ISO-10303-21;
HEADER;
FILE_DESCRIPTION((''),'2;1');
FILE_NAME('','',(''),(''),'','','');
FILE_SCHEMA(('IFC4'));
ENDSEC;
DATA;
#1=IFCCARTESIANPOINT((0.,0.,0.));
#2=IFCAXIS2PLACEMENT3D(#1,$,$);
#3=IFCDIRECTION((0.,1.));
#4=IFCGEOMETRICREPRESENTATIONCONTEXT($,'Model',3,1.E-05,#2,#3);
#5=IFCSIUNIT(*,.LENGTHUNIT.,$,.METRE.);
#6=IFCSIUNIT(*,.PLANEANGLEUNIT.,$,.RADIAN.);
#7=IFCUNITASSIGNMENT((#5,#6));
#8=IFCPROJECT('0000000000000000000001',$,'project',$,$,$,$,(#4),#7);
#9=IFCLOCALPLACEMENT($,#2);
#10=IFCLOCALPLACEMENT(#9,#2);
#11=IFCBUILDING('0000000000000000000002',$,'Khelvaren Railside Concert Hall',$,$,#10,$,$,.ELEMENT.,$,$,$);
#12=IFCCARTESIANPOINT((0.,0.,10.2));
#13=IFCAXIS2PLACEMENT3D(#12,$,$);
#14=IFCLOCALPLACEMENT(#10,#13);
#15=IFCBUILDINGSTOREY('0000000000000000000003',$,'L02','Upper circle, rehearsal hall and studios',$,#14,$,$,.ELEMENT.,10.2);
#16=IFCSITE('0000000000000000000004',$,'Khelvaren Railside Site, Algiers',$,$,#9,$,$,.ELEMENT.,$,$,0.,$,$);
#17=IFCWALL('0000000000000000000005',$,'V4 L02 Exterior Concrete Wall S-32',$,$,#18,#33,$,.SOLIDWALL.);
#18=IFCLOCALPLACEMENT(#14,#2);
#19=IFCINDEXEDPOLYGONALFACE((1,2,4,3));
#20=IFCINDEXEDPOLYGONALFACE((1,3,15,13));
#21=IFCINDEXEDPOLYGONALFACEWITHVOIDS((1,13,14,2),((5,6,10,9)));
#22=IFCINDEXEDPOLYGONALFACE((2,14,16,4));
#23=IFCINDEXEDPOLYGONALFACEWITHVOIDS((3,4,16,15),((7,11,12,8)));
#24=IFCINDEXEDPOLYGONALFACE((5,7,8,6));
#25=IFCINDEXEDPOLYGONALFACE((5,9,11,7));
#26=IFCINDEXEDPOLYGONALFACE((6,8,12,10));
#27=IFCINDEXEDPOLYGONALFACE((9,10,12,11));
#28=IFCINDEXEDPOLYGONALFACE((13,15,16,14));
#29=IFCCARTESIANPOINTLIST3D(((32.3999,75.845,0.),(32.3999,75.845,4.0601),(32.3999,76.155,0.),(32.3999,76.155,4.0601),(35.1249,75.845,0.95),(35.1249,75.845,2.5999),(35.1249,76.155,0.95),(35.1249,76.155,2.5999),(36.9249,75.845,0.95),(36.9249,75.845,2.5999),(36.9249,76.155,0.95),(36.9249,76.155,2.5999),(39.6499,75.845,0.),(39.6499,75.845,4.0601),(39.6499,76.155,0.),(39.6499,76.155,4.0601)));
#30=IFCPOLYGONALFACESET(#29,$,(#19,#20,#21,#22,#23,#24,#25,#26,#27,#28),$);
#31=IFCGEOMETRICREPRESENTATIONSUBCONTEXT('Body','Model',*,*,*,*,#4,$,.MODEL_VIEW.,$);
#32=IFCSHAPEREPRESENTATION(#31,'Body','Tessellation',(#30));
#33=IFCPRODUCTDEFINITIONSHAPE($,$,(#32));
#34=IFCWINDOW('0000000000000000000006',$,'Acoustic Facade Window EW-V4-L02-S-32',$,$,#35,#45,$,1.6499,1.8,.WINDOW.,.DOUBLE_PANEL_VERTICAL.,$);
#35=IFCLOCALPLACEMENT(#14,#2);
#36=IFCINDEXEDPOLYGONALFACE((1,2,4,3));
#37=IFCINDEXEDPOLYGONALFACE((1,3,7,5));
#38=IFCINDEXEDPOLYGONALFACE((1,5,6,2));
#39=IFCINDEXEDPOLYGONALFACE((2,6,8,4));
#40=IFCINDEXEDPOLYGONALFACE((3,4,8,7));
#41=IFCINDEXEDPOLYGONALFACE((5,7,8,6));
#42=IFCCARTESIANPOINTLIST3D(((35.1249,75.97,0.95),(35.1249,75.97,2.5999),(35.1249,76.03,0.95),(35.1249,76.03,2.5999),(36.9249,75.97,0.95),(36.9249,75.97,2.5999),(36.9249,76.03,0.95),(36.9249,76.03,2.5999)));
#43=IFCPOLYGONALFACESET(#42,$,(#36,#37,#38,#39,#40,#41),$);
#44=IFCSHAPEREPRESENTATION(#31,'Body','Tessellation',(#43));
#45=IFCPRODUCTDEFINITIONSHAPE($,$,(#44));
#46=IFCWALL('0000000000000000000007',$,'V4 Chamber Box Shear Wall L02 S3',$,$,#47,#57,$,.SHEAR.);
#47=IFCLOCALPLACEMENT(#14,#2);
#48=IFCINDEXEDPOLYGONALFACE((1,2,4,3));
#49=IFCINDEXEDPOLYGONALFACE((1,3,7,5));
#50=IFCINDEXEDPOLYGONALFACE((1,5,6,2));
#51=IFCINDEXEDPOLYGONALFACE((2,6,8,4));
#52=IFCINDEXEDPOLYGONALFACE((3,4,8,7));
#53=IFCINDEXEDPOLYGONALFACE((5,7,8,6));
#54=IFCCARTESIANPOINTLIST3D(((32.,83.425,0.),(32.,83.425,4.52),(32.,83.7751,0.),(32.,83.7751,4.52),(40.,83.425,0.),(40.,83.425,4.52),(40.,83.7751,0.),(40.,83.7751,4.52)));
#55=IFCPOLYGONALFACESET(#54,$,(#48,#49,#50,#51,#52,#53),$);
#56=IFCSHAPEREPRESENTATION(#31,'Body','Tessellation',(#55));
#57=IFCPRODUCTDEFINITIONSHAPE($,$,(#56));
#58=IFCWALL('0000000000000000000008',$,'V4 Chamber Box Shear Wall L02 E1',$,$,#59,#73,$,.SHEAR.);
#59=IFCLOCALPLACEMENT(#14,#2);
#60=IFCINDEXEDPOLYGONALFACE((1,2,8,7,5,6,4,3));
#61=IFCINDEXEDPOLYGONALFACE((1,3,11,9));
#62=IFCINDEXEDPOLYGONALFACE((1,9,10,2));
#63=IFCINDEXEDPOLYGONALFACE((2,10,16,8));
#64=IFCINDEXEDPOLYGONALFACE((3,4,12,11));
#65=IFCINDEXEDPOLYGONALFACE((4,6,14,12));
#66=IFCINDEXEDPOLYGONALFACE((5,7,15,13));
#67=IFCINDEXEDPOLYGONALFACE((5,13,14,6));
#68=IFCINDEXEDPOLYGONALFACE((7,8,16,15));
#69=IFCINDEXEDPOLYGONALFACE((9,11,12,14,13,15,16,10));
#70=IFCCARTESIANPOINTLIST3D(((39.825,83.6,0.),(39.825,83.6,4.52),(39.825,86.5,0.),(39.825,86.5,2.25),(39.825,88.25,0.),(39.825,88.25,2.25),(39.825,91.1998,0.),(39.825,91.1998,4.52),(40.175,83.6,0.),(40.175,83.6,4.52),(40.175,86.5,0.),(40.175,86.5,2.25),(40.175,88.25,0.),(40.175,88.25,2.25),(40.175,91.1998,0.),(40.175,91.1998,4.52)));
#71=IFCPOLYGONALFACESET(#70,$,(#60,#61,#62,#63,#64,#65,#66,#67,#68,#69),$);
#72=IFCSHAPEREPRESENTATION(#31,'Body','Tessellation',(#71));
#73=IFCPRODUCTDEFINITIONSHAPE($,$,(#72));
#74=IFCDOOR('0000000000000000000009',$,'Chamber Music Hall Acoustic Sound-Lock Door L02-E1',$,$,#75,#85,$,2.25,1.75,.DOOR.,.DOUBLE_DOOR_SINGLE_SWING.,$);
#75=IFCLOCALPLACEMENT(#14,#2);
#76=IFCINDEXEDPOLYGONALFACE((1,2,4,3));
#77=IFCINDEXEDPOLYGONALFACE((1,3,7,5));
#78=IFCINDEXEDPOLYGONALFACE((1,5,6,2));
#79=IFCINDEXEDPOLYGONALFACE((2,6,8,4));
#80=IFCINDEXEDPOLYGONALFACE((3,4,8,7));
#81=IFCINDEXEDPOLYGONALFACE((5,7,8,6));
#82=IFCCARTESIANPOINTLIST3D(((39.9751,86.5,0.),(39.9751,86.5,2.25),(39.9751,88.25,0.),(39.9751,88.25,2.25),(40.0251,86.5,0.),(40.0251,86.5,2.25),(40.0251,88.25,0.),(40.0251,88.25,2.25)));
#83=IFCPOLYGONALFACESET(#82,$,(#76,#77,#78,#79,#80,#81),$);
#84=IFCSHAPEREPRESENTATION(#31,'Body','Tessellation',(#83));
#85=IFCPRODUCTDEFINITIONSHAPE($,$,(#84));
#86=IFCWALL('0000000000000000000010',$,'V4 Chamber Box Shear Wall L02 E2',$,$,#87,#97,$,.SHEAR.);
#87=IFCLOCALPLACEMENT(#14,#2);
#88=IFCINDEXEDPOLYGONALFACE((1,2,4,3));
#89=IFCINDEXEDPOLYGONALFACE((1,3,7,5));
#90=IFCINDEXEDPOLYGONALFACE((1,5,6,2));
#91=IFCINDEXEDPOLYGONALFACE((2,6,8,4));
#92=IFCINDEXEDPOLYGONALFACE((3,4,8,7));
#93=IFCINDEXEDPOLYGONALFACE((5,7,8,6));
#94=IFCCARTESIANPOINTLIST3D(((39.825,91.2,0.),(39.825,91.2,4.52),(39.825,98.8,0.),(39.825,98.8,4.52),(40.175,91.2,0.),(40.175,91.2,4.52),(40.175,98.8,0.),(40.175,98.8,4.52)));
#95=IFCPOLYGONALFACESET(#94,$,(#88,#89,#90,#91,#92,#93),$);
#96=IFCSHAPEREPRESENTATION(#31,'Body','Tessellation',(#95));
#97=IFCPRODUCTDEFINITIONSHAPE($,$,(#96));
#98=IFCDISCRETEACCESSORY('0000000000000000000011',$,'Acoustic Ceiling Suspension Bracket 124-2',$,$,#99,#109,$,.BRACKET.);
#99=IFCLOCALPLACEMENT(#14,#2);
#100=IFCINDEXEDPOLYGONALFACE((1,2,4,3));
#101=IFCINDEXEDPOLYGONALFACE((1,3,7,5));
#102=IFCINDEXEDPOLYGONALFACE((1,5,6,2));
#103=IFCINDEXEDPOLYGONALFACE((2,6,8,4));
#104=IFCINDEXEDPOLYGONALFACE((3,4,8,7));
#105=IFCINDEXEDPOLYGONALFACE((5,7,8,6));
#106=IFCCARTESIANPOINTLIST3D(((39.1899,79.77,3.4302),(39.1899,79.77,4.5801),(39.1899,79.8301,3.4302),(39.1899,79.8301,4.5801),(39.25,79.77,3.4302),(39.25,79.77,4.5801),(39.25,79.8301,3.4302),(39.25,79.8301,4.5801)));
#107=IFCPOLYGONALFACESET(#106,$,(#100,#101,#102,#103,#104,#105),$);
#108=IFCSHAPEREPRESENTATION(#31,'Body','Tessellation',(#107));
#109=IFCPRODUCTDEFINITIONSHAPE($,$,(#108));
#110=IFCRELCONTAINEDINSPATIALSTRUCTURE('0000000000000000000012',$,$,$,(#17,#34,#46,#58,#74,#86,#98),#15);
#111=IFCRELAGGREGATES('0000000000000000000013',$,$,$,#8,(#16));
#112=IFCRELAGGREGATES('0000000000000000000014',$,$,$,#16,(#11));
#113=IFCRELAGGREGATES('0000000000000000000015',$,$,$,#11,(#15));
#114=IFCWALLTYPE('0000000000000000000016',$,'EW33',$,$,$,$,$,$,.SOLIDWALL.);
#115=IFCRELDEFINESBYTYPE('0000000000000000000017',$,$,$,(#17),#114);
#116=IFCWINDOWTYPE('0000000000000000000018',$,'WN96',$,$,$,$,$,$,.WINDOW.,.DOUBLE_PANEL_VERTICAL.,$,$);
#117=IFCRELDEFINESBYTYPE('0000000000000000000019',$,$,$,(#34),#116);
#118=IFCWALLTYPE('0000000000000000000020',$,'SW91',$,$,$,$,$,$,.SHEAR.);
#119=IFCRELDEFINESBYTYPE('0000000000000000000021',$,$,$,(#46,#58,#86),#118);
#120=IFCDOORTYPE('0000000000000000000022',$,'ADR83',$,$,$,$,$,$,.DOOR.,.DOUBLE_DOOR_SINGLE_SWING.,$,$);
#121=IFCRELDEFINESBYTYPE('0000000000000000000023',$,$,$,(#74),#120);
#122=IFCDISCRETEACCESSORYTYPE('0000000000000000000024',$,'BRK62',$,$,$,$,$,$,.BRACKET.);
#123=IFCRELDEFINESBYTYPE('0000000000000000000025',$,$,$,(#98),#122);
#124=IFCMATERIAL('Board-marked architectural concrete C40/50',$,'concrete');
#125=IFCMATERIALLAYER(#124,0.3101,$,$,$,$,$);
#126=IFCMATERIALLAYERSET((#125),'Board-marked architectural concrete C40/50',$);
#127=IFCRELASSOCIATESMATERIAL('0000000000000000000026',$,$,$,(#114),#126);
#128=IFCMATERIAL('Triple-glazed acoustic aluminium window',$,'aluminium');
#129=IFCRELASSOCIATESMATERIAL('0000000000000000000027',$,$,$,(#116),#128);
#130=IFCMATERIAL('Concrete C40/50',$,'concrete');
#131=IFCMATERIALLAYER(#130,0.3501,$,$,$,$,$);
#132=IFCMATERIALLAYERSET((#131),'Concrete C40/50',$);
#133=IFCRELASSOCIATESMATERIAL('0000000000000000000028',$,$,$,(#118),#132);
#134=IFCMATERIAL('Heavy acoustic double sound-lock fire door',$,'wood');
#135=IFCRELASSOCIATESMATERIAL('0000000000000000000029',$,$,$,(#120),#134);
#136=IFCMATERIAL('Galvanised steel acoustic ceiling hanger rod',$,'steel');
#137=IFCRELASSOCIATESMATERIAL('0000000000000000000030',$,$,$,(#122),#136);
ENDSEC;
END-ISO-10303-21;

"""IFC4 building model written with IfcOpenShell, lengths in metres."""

from ifc_helpers import new_model, si_unit, direction, frame, frame_2d, origin, origin_2d, place, context, subcontext, project, spatial, rectangle, extrude, material, layer, layer_set, type_object, element, fill, save


model = new_model("IFC4")

# Units and contexts
model_context = context("Model", 3, precision=1e-05, world=origin(), true_north=direction((0.0, 1.0)))
body_context = subcontext(model_context, "Body", "Model", "MODEL_VIEW")
ifc_project = project(units=[si_unit("LENGTHUNIT", "METRE"), si_unit("PLANEANGLEUNIT", "RADIAN")], contexts=[model_context])

# Site, building, storey
site_placement = place(None, origin())
site = spatial("IfcSite", under=ifc_project, at=site_placement, Name="Khelvaren Railside Site, Algiers", CompositionType="ELEMENT", RefElevation=0.0)
building_placement = place(site_placement, origin())
building = spatial("IfcBuilding", under=site, at=building_placement, Name="Khelvaren Railside Concert Hall", CompositionType="ELEMENT")
storey_placement = place(building_placement, frame((0.0, 0.0, 10.2)))
storey = spatial("IfcBuildingStorey", under=building, at=storey_placement, Name="L02", Description="Upper circle, rehearsal hall and studios", CompositionType="ELEMENT", Elevation=10.2)

# Shared definitions
ifc_material_1 = material(Name="Concrete C40/50", Category="concrete")

# Shared definitions
ifc_material_2 = material(Name="Board-marked architectural concrete C40/50", Category="concrete")
ifc_layer_1 = layer(ifc_material_2, 0.3101)
ifc_layer_set_1 = layer_set([ifc_layer_1], Name="Board-marked architectural concrete C40/50")
wall_type_1 = type_object("IfcWallType", Name="EW33", PredefinedType="SOLIDWALL", material=ifc_layer_set_1)

# Wall, opening, window
wall_1_placement = place(storey_placement, frame((39.6499, 76.0, 0.0), z_axis=(0.0, 0.0, 1.0), x_axis=(-1.0, 0.0, 0.0)))
wall_1 = element("IfcWall", 1, at=wall_1_placement, inside=storey, type_object=wall_type_1, Name="V4 L02 Exterior Concrete Wall S-32", PredefinedType="SOLIDWALL", context=body_context, shape_type="SweptSolid", body=[
    extrude(rectangle(XDim=7.25, YDim=0.3101, at=frame_2d((3.625, 0.0))), origin(), (0.0, 0.0, 1.0), 4.0601),
])
opening_1_placement = place(wall_1_placement, frame((2.7251, 0.0, 0.95)))
opening_1 = element("IfcOpeningElement", 2, at=opening_1_placement, cuts=wall_1, PredefinedType="OPENING", context=body_context, shape_type="SweptSolid", body=[
    extrude(rectangle(XDim=1.8, YDim=1.6499, at=frame_2d((0.8999, 0.825))), frame((0.0, 0.165, 0.0), z_axis=(0.0, -1.0, 0.0), x_axis=(1.0, 0.0, 0.0)), (0.0, 0.0, 1.0), 0.3301),
])
ifc_material_3 = material(Name="Triple-glazed acoustic aluminium window", Category="aluminium")
window_type = type_object("IfcWindowType", Name="WN96", PartitioningType="DOUBLE_PANEL_VERTICAL", PredefinedType="WINDOW", material=ifc_material_3)
window_placement = place(opening_1_placement, origin())
window = element("IfcWindow", 3, at=window_placement, inside=storey, type_object=window_type, Name="Acoustic Facade Window EW-V4-L02-S-32", OverallHeight=1.6499, OverallWidth=1.8, PartitioningType="DOUBLE_PANEL_VERTICAL", PredefinedType="WINDOW", context=body_context, shape_type="SweptSolid", body=[
    extrude(rectangle(XDim=1.8, YDim=1.6499, at=frame_2d((0.8999, 0.825))), frame((0.0, 0.03, 0.0), z_axis=(0.0, -1.0, 0.0), x_axis=(1.0, 0.0, 0.0)), (0.0, 0.0, 1.0), 0.0601),
])
fill(opening_1, window)

# Wall
ifc_layer_2 = layer(ifc_material_1, 0.3501)
ifc_layer_set_2 = layer_set([ifc_layer_2], Name="Concrete C40/50")
wall_type_2 = type_object("IfcWallType", Name="SW91", PredefinedType="SHEAR", material=ifc_layer_set_2)
wall_2_placement = place(storey_placement, frame((32.0, 83.6001, 0.0), z_axis=(0.0, 0.0, 1.0), x_axis=(1.0, 0.0, 0.0)))
element("IfcWall", 4, at=wall_2_placement, inside=storey, type_object=wall_type_2, Name="V4 Chamber Box Shear Wall L02 S3", PredefinedType="SHEAR", context=body_context, shape_type="SweptSolid", body=[
    extrude(rectangle(XDim=8.0, YDim=0.3501, at=frame_2d((4.0, 0.0))), origin(), (0.0, 0.0, 1.0), 4.52),
])

# Wall, opening, door
wall_3_placement = place(storey_placement, frame((40.0, 83.6001, 0.0), z_axis=(0.0, 0.0, 1.0), x_axis=(0.0, 1.0, 0.0)))
wall_3 = element("IfcWall", 5, at=wall_3_placement, inside=storey, type_object=wall_type_2, Name="V4 Chamber Box Shear Wall L02 E1", PredefinedType="SHEAR", context=body_context, shape_type="SweptSolid", body=[
    extrude(rectangle(XDim=7.5999, YDim=0.3501, at=frame_2d((3.7998, 0.0))), origin(), (0.0, 0.0, 1.0), 4.52),
])
opening_2_placement = place(wall_3_placement, frame((2.8999, 0.0, 0.0)))
opening_2 = element("IfcOpeningElement", 6, at=opening_2_placement, cuts=wall_3, PredefinedType="OPENING", context=body_context, shape_type="SweptSolid", body=[
    extrude(rectangle(XDim=1.75, YDim=2.25, at=frame_2d((0.875, 1.125))), frame((0.0, 0.1851, 0.0), z_axis=(0.0, -1.0, 0.0), x_axis=(1.0, 0.0, 0.0)), (0.0, 0.0, 1.0), 0.3701),
])
ifc_material_4 = material(Name="Heavy acoustic double sound-lock fire door", Category="wood")
door_type_1 = type_object("IfcDoorType", Name="ADR83", OperationType="DOUBLE_DOOR_SINGLE_SWING", PredefinedType="DOOR", material=ifc_material_4)
door_1_placement = place(opening_2_placement, origin())
door_1 = element("IfcDoor", 7, at=door_1_placement, inside=storey, type_object=door_type_1, Name="Chamber Music Hall Acoustic Sound-Lock Door L02-E1", OperationType="DOUBLE_DOOR_SINGLE_SWING", OverallHeight=2.25, OverallWidth=1.75, PredefinedType="DOOR", context=body_context, shape_type="SweptSolid", body=[
    extrude(rectangle(XDim=1.75, YDim=2.25, at=frame_2d((0.875, 1.125))), frame((0.0, 0.0249, 0.0), z_axis=(0.0, -1.0, 0.0), x_axis=(1.0, 0.0, 0.0)), (0.0, 0.0, 1.0), 0.05),
])
fill(opening_2, door_1)

# Wall
wall_4_placement = place(storey_placement, frame((40.0, 91.2, 0.0), z_axis=(0.0, 0.0, 1.0), x_axis=(0.0, 1.0, 0.0)))
element("IfcWall", 8, at=wall_4_placement, inside=storey, type_object=wall_type_2, Name="V4 Chamber Box Shear Wall L02 E2", PredefinedType="SHEAR", context=body_context, shape_type="SweptSolid", body=[
    extrude(rectangle(XDim=7.6001, YDim=0.3501, at=frame_2d((3.8, 0.0))), origin(), (0.0, 0.0, 1.0), 4.52),
])

# Discrete accessory
ifc_material_5 = material(Name="Galvanised steel acoustic ceiling hanger rod", Category="steel")
discrete_accessory_type = type_object("IfcDiscreteAccessoryType", Name="BRK62", PredefinedType="BRACKET", material=ifc_material_5)
discrete_accessory_placement = place(storey_placement, frame((39.22, 79.8, 3.4302), z_axis=(0.0, 0.0, 1.0), x_axis=(1.0, 0.0, 0.0)))
element("IfcDiscreteAccessory", 9, at=discrete_accessory_placement, inside=storey, type_object=discrete_accessory_type, Name="Acoustic Ceiling Suspension Bracket 124-2", PredefinedType="BRACKET", context=body_context, shape_type="SweptSolid", body=[
    extrude(rectangle(XDim=0.0601, YDim=0.0601, at=origin_2d()), origin(), (0.0, 0.0, 1.0), 1.1499),
])

save(model, "model.ifc")
